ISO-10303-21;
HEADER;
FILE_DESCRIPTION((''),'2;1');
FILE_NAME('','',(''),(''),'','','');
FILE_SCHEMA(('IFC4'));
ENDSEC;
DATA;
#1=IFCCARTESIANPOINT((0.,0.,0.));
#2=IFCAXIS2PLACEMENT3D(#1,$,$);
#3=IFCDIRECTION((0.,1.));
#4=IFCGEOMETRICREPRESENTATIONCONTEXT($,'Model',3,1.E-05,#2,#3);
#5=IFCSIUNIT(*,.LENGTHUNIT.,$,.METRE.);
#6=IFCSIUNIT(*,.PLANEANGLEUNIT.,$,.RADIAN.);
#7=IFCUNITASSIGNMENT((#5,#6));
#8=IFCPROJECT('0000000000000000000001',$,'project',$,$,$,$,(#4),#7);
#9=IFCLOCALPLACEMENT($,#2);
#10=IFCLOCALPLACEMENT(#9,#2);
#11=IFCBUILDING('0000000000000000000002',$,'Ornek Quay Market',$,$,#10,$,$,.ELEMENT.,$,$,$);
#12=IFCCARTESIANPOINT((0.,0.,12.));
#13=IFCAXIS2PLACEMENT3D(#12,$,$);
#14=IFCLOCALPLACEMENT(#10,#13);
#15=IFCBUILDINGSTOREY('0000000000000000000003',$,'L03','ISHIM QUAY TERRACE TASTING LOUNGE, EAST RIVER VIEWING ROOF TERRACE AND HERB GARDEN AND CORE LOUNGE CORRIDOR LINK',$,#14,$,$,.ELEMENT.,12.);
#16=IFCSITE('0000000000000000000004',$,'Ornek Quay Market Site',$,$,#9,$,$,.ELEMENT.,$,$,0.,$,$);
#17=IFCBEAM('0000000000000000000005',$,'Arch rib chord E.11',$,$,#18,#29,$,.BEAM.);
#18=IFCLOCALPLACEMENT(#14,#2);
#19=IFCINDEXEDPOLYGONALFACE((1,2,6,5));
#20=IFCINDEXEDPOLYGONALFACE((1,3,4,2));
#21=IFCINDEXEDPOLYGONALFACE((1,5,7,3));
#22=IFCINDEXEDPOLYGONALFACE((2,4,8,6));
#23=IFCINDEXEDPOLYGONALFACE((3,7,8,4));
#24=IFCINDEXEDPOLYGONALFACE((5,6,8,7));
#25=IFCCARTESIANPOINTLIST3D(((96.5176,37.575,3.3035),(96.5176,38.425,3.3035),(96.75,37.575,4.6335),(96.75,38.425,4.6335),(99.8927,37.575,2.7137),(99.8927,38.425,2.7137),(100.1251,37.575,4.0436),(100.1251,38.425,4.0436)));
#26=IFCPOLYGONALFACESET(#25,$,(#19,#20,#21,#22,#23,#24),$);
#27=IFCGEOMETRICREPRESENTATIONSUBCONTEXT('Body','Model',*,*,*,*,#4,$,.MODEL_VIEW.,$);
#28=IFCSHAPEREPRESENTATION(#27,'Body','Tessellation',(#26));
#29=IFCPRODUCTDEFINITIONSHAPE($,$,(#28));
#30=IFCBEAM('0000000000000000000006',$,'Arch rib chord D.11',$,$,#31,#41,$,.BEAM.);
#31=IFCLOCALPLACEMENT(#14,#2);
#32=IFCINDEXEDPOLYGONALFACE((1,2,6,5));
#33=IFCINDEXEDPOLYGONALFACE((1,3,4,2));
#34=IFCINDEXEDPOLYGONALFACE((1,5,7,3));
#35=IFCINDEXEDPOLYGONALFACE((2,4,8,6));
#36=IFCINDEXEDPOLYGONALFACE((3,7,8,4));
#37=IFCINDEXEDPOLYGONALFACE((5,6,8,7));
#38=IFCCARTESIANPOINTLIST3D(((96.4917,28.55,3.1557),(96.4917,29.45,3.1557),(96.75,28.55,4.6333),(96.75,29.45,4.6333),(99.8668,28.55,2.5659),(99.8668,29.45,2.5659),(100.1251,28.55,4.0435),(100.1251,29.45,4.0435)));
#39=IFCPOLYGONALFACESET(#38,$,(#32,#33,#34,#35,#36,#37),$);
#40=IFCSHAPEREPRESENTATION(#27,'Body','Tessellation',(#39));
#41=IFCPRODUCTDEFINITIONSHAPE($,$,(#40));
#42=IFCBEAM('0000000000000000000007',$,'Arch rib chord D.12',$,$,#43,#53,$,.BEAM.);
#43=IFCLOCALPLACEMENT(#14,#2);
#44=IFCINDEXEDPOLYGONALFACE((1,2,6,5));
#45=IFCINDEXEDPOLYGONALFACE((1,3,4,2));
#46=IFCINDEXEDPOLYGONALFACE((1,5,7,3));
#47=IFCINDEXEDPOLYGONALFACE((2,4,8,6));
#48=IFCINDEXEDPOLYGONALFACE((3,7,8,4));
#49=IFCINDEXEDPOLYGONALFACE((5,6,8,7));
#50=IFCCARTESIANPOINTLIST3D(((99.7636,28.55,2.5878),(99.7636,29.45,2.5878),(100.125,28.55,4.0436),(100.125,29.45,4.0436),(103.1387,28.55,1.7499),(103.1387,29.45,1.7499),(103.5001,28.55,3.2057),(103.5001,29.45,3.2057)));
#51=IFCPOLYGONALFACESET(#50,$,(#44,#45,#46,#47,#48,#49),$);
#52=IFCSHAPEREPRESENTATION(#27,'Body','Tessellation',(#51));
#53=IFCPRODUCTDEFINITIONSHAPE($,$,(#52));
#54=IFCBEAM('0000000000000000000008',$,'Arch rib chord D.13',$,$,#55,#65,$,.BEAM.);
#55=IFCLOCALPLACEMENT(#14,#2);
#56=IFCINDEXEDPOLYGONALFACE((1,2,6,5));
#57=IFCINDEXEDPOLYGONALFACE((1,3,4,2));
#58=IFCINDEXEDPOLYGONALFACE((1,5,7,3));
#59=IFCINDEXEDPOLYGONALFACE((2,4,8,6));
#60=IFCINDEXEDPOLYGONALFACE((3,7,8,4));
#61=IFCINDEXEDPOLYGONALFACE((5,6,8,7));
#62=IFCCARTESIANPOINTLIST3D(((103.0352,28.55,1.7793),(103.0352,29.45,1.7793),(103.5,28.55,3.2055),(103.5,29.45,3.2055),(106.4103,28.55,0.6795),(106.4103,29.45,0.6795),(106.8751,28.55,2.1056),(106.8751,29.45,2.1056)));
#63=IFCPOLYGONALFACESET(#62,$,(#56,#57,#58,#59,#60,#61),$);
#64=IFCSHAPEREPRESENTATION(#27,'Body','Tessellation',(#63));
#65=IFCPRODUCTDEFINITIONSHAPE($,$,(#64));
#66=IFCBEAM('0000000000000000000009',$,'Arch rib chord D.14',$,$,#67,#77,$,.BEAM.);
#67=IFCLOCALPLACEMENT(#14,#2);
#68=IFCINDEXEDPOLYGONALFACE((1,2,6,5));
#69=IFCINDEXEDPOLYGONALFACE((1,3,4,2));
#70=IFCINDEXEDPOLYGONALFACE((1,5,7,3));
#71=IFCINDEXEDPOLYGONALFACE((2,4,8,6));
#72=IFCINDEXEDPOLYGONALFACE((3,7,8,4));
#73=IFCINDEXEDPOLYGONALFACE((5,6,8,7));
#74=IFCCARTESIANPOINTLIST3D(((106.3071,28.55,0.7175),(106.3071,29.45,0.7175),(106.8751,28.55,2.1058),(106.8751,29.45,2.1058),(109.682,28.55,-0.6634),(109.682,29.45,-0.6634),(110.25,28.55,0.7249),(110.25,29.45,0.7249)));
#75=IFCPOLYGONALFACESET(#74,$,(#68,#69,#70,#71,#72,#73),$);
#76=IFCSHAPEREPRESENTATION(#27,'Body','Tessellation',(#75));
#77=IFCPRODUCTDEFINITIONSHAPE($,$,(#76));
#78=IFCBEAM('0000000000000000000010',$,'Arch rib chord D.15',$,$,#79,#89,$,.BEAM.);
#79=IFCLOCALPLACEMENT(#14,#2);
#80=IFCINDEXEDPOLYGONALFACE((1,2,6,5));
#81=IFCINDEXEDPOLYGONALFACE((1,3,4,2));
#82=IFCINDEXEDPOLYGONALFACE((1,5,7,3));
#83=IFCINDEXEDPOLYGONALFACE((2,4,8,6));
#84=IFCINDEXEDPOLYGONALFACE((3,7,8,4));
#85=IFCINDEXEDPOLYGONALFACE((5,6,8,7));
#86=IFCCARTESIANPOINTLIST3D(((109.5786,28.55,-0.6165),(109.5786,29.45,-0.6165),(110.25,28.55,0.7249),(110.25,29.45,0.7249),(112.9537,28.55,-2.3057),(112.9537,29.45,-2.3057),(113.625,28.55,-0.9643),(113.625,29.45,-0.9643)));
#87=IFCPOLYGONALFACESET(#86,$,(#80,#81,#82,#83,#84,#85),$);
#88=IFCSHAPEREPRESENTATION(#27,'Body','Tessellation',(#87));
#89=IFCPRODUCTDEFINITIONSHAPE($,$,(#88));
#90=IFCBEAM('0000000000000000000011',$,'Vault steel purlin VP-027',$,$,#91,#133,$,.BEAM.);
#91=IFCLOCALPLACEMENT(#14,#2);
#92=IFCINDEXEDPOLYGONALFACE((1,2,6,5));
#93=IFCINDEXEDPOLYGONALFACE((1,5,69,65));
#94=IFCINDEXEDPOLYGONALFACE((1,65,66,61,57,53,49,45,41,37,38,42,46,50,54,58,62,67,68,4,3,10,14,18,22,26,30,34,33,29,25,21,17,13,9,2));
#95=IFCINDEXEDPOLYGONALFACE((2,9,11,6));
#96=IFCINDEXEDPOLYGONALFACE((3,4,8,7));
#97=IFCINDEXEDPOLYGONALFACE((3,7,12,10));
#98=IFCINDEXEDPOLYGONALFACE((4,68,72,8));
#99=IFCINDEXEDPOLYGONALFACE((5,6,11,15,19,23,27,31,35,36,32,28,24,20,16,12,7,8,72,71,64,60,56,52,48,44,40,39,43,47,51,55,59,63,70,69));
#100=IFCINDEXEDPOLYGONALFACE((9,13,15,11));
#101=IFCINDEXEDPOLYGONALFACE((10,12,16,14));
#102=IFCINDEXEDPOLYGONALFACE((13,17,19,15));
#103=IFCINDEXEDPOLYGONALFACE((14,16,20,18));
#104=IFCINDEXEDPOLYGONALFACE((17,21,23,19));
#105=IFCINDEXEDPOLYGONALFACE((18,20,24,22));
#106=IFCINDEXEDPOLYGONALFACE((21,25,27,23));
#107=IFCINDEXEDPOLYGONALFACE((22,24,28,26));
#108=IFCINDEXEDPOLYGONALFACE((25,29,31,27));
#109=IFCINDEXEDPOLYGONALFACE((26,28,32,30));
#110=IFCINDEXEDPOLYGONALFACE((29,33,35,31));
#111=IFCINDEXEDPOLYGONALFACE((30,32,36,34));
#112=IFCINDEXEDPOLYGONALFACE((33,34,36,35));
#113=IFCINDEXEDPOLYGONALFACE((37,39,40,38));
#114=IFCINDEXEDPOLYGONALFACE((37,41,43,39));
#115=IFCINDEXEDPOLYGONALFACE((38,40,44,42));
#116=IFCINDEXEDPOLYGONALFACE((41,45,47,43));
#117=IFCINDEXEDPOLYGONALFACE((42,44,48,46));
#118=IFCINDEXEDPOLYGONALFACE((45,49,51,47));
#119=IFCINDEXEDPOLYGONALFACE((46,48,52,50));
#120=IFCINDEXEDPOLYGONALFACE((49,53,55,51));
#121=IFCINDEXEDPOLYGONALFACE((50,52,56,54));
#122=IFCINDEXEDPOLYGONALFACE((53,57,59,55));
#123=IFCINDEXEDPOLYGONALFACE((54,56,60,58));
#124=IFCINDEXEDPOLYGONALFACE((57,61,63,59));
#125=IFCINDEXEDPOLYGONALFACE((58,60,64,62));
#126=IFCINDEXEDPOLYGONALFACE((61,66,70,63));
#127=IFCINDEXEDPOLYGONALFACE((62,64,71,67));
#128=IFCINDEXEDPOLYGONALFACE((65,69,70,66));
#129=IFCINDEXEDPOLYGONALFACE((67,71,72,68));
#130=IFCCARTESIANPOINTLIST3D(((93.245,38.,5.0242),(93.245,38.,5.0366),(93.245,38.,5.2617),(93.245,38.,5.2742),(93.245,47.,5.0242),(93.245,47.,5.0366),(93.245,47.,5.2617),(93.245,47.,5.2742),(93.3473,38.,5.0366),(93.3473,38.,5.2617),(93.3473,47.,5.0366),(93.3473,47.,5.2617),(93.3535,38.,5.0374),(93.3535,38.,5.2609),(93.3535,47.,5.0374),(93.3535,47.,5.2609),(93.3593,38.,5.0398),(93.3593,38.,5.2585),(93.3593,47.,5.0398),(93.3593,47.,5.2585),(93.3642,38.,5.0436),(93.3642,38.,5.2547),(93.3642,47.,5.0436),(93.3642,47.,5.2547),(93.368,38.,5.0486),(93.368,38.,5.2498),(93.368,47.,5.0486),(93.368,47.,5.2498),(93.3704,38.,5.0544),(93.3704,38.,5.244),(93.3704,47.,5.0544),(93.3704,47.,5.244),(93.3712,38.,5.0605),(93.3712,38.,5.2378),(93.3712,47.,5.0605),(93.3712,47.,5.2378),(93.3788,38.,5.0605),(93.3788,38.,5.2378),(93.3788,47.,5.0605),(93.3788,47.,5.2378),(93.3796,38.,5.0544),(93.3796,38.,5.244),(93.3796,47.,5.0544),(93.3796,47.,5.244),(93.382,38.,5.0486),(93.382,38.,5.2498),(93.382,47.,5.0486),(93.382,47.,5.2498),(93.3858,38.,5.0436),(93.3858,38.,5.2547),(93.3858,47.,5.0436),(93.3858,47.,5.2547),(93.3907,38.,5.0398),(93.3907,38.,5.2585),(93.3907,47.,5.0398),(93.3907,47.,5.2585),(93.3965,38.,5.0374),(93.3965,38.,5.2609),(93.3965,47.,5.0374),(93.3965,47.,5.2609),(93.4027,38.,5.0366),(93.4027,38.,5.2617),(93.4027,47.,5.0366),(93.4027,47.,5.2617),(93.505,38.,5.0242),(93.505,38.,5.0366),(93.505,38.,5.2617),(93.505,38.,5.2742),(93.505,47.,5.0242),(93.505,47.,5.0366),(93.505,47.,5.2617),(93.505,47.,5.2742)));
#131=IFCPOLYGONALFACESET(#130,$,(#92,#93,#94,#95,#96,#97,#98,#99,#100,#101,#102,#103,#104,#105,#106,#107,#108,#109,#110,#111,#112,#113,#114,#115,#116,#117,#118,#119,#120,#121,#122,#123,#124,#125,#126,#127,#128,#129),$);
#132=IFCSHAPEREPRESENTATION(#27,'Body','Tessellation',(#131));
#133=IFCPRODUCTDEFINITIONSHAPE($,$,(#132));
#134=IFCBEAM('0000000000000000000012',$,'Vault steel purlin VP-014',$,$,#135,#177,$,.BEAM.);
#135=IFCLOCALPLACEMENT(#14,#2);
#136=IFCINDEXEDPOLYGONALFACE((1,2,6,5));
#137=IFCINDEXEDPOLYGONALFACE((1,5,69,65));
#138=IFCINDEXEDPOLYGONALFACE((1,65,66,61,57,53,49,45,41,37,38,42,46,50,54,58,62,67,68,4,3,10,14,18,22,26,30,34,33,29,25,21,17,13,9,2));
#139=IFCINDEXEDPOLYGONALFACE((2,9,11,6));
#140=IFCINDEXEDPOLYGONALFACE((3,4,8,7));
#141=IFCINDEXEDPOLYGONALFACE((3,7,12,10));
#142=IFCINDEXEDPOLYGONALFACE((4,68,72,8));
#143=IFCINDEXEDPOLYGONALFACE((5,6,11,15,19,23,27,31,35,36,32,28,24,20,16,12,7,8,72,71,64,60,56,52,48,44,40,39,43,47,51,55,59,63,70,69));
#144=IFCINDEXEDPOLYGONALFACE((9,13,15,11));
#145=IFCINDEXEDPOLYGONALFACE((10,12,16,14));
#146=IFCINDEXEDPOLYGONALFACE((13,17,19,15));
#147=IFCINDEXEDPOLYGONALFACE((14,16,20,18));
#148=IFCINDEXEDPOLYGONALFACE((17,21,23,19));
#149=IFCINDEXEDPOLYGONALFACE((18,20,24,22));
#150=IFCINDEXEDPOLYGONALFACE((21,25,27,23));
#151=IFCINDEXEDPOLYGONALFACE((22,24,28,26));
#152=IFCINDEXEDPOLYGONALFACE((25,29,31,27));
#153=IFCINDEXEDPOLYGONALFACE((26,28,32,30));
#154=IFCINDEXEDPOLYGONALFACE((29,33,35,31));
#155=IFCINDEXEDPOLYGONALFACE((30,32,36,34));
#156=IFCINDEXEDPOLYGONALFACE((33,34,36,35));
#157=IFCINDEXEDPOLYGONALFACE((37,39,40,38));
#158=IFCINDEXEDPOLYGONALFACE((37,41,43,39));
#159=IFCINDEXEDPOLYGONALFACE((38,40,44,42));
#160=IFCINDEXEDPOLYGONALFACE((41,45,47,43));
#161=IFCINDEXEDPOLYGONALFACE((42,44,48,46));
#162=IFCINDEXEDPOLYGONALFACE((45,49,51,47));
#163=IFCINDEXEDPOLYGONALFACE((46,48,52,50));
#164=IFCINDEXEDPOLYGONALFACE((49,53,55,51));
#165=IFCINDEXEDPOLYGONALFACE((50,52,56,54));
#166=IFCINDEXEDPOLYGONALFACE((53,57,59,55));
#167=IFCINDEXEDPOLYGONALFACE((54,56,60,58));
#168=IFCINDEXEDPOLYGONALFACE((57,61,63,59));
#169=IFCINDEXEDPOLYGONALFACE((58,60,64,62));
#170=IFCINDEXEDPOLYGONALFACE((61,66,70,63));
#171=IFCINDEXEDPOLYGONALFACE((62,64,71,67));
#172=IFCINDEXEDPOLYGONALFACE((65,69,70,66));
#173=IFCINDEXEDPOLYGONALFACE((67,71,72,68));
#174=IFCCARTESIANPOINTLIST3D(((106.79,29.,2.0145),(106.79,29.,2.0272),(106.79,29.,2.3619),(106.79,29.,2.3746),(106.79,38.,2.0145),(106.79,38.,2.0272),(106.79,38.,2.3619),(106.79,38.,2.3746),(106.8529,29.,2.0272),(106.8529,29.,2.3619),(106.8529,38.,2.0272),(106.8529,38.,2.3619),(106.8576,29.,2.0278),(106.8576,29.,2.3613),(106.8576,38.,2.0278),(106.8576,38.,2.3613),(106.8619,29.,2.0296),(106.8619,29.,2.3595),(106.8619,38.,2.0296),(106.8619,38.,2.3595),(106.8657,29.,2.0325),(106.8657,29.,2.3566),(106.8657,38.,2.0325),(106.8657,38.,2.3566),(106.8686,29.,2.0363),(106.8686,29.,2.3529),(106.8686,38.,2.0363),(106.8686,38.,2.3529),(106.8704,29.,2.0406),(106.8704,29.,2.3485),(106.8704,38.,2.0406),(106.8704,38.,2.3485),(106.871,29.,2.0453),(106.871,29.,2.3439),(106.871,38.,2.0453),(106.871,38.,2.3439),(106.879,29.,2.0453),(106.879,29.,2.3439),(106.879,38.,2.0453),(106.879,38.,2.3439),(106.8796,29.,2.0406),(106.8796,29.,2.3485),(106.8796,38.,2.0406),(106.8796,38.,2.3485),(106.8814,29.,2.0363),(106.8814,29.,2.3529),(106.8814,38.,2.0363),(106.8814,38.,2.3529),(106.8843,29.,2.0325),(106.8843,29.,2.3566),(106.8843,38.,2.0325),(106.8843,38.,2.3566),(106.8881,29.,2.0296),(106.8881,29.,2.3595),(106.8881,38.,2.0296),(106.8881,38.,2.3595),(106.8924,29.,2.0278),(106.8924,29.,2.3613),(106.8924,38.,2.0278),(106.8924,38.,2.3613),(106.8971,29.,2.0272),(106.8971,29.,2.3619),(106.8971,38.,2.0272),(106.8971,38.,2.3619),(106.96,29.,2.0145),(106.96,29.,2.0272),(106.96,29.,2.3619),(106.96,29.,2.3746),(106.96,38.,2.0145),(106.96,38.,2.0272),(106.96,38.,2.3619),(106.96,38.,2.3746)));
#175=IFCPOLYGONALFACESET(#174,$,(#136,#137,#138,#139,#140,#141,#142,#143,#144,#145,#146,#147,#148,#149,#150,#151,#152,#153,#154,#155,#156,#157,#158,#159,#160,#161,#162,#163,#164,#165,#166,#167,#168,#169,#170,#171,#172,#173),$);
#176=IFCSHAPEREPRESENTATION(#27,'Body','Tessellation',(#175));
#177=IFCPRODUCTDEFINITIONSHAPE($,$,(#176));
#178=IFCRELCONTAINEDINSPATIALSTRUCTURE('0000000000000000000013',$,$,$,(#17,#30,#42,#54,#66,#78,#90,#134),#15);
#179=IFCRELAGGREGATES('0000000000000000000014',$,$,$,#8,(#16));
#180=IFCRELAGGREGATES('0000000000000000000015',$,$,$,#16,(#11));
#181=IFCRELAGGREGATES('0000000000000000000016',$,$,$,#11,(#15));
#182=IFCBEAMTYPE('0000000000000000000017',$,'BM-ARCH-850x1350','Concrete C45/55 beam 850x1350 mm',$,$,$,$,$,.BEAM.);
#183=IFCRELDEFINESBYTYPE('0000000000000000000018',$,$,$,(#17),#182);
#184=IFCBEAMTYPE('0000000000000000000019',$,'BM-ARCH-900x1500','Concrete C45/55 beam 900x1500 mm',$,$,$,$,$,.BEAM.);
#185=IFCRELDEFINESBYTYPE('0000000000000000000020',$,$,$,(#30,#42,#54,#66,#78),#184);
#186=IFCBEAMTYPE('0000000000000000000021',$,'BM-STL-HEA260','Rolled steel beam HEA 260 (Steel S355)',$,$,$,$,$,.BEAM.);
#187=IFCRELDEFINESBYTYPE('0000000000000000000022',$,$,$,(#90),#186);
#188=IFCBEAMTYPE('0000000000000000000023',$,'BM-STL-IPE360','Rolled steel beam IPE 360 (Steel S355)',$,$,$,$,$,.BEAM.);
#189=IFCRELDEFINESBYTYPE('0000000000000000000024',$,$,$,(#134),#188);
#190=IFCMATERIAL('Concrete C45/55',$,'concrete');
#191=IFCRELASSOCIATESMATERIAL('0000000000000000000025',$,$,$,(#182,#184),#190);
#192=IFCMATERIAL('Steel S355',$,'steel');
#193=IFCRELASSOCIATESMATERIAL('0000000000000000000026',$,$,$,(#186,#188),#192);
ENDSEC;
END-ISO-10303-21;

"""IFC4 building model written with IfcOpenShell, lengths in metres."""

from ifc_helpers import new_model, si_unit, direction, frame, origin, origin_2d, place, context, subcontext, project, spatial, rectangle, i_section, extrude, material, material_profile, profile_set, type_object, element, save


model = new_model("IFC4")

# Units and contexts
model_context = context("Model", 3, precision=1e-05, world=origin(), true_north=direction((0.0, 1.0)))
body_context = subcontext(model_context, "Body", "Model", "MODEL_VIEW")
ifc_project = project(units=[si_unit("LENGTHUNIT", "METRE"), si_unit("PLANEANGLEUNIT", "RADIAN")], contexts=[model_context])

# Site, building, storey
site_placement = place(None, origin())
site = spatial("IfcSite", under=ifc_project, at=site_placement, Name="Ornek Quay Market Site", CompositionType="ELEMENT", RefElevation=0.0)
building_placement = place(site_placement, origin())
building = spatial("IfcBuilding", under=site, at=building_placement, Name="Ornek Quay Market", CompositionType="ELEMENT")
storey_placement = place(building_placement, frame((0.0, 0.0, 12.0)))
storey = spatial("IfcBuildingStorey", under=building, at=storey_placement, Name="L03", Description="ISHIM QUAY TERRACE TASTING LOUNGE, EAST RIVER VIEWING ROOF TERRACE AND HERB GARDEN AND CORE LOUNGE CORRIDOR LINK", CompositionType="ELEMENT", Elevation=12.0)

# Beams
ifc_material_1 = material(Name="Concrete C45/55", Category="concrete")
ifc_material_profile_1 = material_profile(ifc_material_1, rectangle(XDim=0.8501, YDim=1.3501, at=origin_2d()), Name="RC 850x1350", Category="concrete")
ifc_profile_set_1 = profile_set([ifc_material_profile_1], Name="Concrete C45/55")
beam_type_1 = type_object("IfcBeamType", Name="BM-ARCH-850x1350", Description="Concrete C45/55 beam 850x1350 mm", PredefinedType="BEAM", material=ifc_profile_set_1)
beam_1_placement = place(storey_placement, frame((96.6338, 38.0, 3.9685), z_axis=(0.985069, 0.0, -0.172159), x_axis=(0.0, 1.0, 0.0)))
element("IfcBeam", 1, at=beam_1_placement, inside=storey, type_object=beam_type_1, Name="Arch rib chord E.11", PredefinedType="BEAM", context=body_context, shape_type="SweptSolid", body=[
    extrude(rectangle(XDim=0.8501, YDim=1.3501, at=origin_2d()), origin(), (0.0, 0.0, 1.0), 3.4263),
])
ifc_material_profile_2 = material_profile(ifc_material_1, rectangle(XDim=0.8999, YDim=1.5, at=origin_2d()), Name="RC 900x1500", Category="concrete")
ifc_profile_set_2 = profile_set([ifc_material_profile_2], Name="Concrete C45/55")
beam_type_2 = type_object("IfcBeamType", Name="BM-ARCH-900x1500", Description="Concrete C45/55 beam 900x1500 mm", PredefinedType="BEAM", material=ifc_profile_set_2)
beam_2_placement = place(storey_placement, frame((96.6208, 29.0, 3.8945), z_axis=(0.985069, 0.0, -0.172159), x_axis=(0.0, 1.0, 0.0)))
element("IfcBeam", 2, at=beam_2_placement, inside=storey, type_object=beam_type_2, Name="Arch rib chord D.11", PredefinedType="BEAM", context=body_context, shape_type="SweptSolid", body=[
    extrude(rectangle(XDim=0.8999, YDim=1.5, at=origin_2d()), origin(), (0.0, 0.0, 1.0), 3.4263),
])
beam_3_placement = place(storey_placement, frame((99.9443, 29.0, 3.3157), z_axis=(0.970538, 0.0, -0.240949), x_axis=(0.0, 1.0, 0.0)))
element("IfcBeam", 3, at=beam_3_placement, inside=storey, type_object=beam_type_2, Name="Arch rib chord D.12", PredefinedType="BEAM", context=body_context, shape_type="SweptSolid", body=[
    extrude(rectangle(XDim=0.8999, YDim=1.5, at=origin_2d()), origin(), (0.0, 0.0, 1.0), 3.4775),
])
beam_4_placement = place(storey_placement, frame((103.2676, 29.0, 2.4924), z_axis=(0.950787, 0.0, -0.309845), x_axis=(0.0, 1.0, 0.0)))
element("IfcBeam", 4, at=beam_4_placement, inside=storey, type_object=beam_type_2, Name="Arch rib chord D.13", PredefinedType="BEAM", context=body_context, shape_type="SweptSolid", body=[
    extrude(rectangle(XDim=0.8999, YDim=1.5, at=origin_2d()), origin(), (0.0, 0.0, 1.0), 3.5498),
])
beam_5_placement = place(storey_placement, frame((106.5911, 29.0, 1.4116), z_axis=(0.92553, 0.0, -0.378675), x_axis=(0.0, 1.0, 0.0)))
element("IfcBeam", 5, at=beam_5_placement, inside=storey, type_object=beam_type_2, Name="Arch rib chord D.14", PredefinedType="BEAM", context=body_context, shape_type="SweptSolid", body=[
    extrude(rectangle(XDim=0.8999, YDim=1.5, at=origin_2d()), origin(), (0.0, 0.0, 1.0), 3.6465),
])
beam_6_placement = place(storey_placement, frame((109.9143, 29.0, 0.0542), z_axis=(0.894246, 0.0, -0.447576), x_axis=(0.0, 1.0, 0.0)))
element("IfcBeam", 6, at=beam_6_placement, inside=storey, type_object=beam_type_2, Name="Arch rib chord D.15", PredefinedType="BEAM", context=body_context, shape_type="SweptSolid", body=[
    extrude(rectangle(XDim=0.8999, YDim=1.5, at=origin_2d()), origin(), (0.0, 0.0, 1.0), 3.7742),
])
ifc_material_2 = material(Name="Steel S355", Category="steel")
ifc_material_profile_3 = material_profile(ifc_material_2, i_section(OverallWidth=0.26, OverallDepth=0.25, WebThickness=0.0076, FlangeThickness=0.0125, FilletRadius=0.0239, at=origin_2d()), Name="HEA 260", Category="steel")
ifc_profile_set_3 = profile_set([ifc_material_profile_3], Name="Steel S355")
beam_type_3 = type_object("IfcBeamType", Name="BM-STL-HEA260", Description="Rolled steel beam HEA 260 (Steel S355)", PredefinedType="BEAM", material=ifc_profile_set_3)
beam_7_placement = place(storey_placement, frame((93.375, 38.0, 5.1492), z_axis=(0.0, 1.0, 0.0), x_axis=(-1.0, 0.0, 0.0)))
element("IfcBeam", 7, at=beam_7_placement, inside=storey, type_object=beam_type_3, Name="Vault steel purlin VP-027", PredefinedType="BEAM", context=body_context, shape_type="SweptSolid", body=[
    extrude(i_section(OverallWidth=0.26, OverallDepth=0.25, WebThickness=0.0076, FlangeThickness=0.0125, FilletRadius=0.0239, at=origin_2d()), origin(), (0.0, 0.0, 1.0), 9.0),
])
ifc_material_profile_4 = material_profile(ifc_material_2, i_section(OverallWidth=0.1699, OverallDepth=0.3601, WebThickness=0.0081, FlangeThickness=0.0127, FilletRadius=0.0181, at=origin_2d()), Name="IPE 360", Category="steel")
ifc_profile_set_4 = profile_set([ifc_material_profile_4], Name="Steel S355")
beam_type_4 = type_object("IfcBeamType", Name="BM-STL-IPE360", Description="Rolled steel beam IPE 360 (Steel S355)", PredefinedType="BEAM", material=ifc_profile_set_4)
beam_8_placement = place(storey_placement, frame((106.875, 29.0, 2.1946), z_axis=(0.0, 1.0, 0.0), x_axis=(-1.0, 0.0, 0.0)))
element("IfcBeam", 8, at=beam_8_placement, inside=storey, type_object=beam_type_4, Name="Vault steel purlin VP-014", PredefinedType="BEAM", context=body_context, shape_type="SweptSolid", body=[
    extrude(i_section(OverallWidth=0.1699, OverallDepth=0.3601, WebThickness=0.0081, FlangeThickness=0.0127, FilletRadius=0.0181, at=origin_2d()), origin(), (0.0, 0.0, 1.0), 9.0),
])

save(model, "model.ifc")
